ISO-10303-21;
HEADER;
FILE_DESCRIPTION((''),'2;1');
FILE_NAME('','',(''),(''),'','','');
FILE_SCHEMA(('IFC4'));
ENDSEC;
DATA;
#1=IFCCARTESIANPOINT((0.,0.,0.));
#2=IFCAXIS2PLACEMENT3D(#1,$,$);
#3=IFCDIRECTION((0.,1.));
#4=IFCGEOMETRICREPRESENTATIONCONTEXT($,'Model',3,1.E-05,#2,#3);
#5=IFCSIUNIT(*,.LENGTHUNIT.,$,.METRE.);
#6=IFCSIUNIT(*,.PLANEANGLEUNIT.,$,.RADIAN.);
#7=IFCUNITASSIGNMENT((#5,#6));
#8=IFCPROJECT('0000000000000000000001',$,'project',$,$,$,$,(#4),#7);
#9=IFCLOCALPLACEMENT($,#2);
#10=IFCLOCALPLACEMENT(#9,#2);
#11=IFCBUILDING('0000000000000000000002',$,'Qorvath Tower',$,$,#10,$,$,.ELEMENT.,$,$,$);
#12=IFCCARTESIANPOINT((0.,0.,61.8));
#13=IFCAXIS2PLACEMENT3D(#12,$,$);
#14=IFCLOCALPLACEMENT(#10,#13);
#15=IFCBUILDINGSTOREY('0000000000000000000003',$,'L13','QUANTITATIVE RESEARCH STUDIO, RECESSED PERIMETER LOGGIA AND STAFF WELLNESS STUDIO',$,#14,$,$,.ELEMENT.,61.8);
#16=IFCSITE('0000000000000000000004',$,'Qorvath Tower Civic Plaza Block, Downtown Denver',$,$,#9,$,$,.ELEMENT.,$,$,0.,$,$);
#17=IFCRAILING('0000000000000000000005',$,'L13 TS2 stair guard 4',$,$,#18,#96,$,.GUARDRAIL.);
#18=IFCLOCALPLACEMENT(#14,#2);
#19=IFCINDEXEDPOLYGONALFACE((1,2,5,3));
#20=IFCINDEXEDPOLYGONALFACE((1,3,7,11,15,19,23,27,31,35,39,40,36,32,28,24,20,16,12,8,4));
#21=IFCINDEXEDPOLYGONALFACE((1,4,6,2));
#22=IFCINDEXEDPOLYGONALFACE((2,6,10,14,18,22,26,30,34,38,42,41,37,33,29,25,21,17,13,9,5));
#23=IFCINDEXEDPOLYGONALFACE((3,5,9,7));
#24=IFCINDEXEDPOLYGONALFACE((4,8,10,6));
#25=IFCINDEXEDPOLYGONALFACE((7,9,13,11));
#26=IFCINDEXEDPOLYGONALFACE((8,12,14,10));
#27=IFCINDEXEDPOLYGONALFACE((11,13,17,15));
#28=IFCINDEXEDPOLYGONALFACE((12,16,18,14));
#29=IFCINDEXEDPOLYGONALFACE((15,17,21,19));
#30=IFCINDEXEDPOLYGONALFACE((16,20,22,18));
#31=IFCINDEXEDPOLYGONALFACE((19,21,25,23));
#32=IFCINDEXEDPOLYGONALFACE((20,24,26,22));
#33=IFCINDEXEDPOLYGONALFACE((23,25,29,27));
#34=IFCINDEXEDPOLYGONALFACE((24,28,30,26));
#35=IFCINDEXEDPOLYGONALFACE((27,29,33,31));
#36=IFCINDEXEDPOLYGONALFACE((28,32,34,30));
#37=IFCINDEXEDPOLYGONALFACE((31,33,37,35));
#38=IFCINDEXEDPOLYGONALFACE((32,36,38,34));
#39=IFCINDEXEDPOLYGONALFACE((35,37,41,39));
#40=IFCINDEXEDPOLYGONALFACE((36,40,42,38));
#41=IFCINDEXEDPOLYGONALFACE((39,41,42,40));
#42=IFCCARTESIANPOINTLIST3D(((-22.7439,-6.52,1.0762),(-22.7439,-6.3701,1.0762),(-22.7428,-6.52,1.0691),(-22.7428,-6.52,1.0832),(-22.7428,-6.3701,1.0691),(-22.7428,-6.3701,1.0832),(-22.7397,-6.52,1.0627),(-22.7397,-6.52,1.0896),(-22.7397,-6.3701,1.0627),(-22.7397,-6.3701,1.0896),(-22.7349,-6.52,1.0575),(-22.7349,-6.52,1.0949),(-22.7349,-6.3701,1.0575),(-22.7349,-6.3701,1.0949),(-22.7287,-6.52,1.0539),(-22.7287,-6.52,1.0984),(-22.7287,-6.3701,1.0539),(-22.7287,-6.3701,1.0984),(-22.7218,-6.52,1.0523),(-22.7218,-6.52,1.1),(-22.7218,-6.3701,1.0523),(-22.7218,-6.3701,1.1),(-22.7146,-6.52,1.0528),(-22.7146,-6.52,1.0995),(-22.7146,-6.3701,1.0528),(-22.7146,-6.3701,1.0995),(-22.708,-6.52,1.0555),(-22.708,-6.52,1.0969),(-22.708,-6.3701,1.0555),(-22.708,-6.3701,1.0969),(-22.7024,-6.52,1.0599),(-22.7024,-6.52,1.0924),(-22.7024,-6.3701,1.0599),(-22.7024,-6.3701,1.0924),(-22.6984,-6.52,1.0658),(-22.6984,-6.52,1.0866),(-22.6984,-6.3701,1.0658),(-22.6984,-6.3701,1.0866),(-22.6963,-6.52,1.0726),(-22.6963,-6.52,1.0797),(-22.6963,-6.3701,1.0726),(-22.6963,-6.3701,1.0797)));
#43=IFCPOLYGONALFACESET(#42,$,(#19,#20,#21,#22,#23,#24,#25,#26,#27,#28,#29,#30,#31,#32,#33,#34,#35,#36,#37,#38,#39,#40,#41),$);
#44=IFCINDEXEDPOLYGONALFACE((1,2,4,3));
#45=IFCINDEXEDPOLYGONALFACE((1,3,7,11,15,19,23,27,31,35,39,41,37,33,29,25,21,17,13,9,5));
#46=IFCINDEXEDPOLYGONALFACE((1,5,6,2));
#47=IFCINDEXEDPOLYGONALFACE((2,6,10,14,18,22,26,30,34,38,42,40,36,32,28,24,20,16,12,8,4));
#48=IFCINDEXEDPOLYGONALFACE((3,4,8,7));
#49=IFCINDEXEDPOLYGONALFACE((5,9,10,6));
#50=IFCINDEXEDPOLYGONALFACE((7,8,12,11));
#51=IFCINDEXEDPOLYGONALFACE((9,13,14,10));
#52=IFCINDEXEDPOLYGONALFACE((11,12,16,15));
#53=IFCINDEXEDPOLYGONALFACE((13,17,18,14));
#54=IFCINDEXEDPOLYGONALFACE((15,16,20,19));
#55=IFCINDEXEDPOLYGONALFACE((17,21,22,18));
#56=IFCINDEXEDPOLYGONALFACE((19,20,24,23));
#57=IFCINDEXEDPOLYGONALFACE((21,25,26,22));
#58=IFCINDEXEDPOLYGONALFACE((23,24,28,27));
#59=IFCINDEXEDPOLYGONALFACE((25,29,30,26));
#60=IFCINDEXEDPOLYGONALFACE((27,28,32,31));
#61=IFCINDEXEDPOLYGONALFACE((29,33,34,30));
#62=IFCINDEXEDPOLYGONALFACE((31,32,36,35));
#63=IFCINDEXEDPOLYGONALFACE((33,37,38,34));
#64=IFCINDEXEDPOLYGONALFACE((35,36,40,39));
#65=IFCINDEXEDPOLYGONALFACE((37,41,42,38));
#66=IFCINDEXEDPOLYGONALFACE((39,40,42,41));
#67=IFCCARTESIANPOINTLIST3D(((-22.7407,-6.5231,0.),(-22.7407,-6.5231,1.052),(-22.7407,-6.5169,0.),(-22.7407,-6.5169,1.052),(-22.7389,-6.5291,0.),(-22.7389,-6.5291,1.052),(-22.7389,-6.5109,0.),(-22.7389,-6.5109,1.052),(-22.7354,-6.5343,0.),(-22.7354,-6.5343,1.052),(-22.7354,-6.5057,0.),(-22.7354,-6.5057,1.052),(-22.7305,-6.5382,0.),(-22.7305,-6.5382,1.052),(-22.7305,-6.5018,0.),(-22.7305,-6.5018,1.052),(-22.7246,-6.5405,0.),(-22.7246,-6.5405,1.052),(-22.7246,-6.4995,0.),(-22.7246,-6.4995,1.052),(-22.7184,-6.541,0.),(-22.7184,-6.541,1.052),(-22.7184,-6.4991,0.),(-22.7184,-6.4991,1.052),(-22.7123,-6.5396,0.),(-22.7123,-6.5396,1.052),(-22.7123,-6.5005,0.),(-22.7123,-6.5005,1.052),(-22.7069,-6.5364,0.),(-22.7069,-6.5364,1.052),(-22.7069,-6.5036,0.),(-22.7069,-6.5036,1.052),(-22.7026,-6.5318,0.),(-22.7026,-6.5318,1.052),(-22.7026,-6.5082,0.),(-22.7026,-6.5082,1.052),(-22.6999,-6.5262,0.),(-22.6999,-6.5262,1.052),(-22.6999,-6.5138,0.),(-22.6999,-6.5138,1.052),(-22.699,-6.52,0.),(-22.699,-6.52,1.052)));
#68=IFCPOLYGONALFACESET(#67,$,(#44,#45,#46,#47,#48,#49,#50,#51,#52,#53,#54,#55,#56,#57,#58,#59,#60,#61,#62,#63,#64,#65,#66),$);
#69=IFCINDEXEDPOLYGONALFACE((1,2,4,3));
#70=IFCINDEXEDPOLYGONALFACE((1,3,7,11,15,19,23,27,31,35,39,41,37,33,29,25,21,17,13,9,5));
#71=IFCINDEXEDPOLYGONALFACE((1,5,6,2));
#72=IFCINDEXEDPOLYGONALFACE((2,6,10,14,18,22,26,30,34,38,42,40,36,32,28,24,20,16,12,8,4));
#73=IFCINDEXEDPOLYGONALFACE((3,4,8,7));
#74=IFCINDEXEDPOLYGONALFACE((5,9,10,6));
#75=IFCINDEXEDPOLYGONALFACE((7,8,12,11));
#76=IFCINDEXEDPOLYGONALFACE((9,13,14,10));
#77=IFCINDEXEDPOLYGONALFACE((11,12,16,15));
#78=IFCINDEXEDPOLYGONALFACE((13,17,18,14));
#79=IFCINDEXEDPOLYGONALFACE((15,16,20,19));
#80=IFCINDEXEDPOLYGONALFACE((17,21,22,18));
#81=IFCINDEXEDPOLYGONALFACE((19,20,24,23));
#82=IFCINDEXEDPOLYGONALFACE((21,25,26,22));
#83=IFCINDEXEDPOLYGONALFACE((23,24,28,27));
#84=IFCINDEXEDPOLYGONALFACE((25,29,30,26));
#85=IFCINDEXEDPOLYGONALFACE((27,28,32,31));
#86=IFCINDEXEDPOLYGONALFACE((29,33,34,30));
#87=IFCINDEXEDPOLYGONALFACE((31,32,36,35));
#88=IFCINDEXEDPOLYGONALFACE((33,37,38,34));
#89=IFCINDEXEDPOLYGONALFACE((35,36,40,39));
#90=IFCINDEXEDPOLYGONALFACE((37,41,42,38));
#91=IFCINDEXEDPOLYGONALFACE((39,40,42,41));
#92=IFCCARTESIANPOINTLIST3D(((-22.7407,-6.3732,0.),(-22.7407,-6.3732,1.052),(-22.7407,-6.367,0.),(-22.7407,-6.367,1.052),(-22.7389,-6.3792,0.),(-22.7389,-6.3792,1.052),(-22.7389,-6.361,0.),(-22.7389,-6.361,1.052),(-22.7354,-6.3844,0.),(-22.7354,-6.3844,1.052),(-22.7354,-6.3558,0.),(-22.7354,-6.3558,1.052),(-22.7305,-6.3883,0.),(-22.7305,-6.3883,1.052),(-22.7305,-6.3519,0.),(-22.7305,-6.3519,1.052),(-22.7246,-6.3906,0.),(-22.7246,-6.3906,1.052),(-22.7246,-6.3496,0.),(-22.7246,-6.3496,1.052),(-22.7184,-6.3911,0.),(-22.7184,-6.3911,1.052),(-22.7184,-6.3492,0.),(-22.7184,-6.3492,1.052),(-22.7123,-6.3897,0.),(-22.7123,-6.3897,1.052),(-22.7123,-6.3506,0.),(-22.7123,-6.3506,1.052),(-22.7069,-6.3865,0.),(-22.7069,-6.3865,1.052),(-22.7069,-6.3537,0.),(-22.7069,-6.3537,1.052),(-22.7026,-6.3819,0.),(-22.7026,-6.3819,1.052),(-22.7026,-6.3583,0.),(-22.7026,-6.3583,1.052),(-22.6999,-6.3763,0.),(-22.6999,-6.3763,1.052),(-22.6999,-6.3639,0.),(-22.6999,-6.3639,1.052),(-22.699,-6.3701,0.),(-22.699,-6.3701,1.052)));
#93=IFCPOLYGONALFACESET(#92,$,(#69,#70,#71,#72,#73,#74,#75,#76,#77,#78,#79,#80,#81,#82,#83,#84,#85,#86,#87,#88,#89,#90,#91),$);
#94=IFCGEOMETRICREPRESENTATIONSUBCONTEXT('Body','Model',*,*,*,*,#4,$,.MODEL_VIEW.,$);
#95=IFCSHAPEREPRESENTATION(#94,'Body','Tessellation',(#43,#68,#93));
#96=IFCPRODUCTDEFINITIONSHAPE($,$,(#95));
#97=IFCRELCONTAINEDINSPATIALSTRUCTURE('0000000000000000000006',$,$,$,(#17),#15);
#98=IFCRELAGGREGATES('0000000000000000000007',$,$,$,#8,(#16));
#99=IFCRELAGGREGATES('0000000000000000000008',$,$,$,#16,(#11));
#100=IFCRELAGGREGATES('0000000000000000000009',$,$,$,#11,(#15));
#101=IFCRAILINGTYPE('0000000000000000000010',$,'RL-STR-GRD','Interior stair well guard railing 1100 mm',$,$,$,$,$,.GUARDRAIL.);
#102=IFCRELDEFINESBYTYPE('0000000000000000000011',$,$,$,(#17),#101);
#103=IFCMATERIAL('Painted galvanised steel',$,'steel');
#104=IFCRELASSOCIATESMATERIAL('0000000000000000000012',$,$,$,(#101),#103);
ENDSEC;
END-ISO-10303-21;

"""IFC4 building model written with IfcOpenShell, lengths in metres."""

from ifc_helpers import new_model, si_unit, direction, frame, origin, origin_2d, place, context, subcontext, project, spatial, circle, extrude, material, type_object, element, save


model = new_model("IFC4")

# Units and contexts
model_context = context("Model", 3, precision=1e-05, world=origin(), true_north=direction((0.0, 1.0)))
body_context = subcontext(model_context, "Body", "Model", "MODEL_VIEW")
ifc_project = project(units=[si_unit("LENGTHUNIT", "METRE"), si_unit("PLANEANGLEUNIT", "RADIAN")], contexts=[model_context])

# Site, building, storey
site_placement = place(None, origin())
site = spatial("IfcSite", under=ifc_project, at=site_placement, Name="Qorvath Tower Civic Plaza Block, Downtown Denver", CompositionType="ELEMENT", RefElevation=0.0)
building_placement = place(site_placement, origin())
building = spatial("IfcBuilding", under=site, at=building_placement, Name="Qorvath Tower", CompositionType="ELEMENT")
storey_placement = place(building_placement, frame((0.0, 0.0, 61.8)))
storey = spatial("IfcBuildingStorey", under=building, at=storey_placement, Name="L13", Description="QUANTITATIVE RESEARCH STUDIO, RECESSED PERIMETER LOGGIA AND STAFF WELLNESS STUDIO", CompositionType="ELEMENT", Elevation=61.8)

# Railing
ifc_material_1 = material(Name="Painted galvanised steel", Category="steel")
railing_type_1 = type_object("IfcRailingType", Name="RL-STR-GRD", Description="Interior stair well guard railing 1100 mm", PredefinedType="GUARDRAIL", material=ifc_material_1)
railing_1_placement = place(storey_placement, frame((-22.72, -6.52, 0.0)))
element("IfcRailing", 1, at=railing_1_placement, inside=storey, type_object=railing_type_1, Name="L13 TS2 stair guard 4", PredefinedType="GUARDRAIL", context=body_context, shape_type="SweptSolid", body=[
    extrude(circle(Radius=0.0239, at=origin_2d()), frame((0.0, 0.0, 1.0762), z_axis=(0.0, 1.0, 0.0), x_axis=(-1.0, 0.0, 0.0)), (0.0, 0.0, 1.0), 0.1499),
    extrude(circle(Radius=0.021, at=origin_2d()), origin(), (0.0, 0.0, 1.0), 1.052),
    extrude(circle(Radius=0.021, at=origin_2d()), frame((0.0, 0.1499, 0.0)), (0.0, 0.0, 1.0), 1.052),
])

save(model, "model.ifc")
